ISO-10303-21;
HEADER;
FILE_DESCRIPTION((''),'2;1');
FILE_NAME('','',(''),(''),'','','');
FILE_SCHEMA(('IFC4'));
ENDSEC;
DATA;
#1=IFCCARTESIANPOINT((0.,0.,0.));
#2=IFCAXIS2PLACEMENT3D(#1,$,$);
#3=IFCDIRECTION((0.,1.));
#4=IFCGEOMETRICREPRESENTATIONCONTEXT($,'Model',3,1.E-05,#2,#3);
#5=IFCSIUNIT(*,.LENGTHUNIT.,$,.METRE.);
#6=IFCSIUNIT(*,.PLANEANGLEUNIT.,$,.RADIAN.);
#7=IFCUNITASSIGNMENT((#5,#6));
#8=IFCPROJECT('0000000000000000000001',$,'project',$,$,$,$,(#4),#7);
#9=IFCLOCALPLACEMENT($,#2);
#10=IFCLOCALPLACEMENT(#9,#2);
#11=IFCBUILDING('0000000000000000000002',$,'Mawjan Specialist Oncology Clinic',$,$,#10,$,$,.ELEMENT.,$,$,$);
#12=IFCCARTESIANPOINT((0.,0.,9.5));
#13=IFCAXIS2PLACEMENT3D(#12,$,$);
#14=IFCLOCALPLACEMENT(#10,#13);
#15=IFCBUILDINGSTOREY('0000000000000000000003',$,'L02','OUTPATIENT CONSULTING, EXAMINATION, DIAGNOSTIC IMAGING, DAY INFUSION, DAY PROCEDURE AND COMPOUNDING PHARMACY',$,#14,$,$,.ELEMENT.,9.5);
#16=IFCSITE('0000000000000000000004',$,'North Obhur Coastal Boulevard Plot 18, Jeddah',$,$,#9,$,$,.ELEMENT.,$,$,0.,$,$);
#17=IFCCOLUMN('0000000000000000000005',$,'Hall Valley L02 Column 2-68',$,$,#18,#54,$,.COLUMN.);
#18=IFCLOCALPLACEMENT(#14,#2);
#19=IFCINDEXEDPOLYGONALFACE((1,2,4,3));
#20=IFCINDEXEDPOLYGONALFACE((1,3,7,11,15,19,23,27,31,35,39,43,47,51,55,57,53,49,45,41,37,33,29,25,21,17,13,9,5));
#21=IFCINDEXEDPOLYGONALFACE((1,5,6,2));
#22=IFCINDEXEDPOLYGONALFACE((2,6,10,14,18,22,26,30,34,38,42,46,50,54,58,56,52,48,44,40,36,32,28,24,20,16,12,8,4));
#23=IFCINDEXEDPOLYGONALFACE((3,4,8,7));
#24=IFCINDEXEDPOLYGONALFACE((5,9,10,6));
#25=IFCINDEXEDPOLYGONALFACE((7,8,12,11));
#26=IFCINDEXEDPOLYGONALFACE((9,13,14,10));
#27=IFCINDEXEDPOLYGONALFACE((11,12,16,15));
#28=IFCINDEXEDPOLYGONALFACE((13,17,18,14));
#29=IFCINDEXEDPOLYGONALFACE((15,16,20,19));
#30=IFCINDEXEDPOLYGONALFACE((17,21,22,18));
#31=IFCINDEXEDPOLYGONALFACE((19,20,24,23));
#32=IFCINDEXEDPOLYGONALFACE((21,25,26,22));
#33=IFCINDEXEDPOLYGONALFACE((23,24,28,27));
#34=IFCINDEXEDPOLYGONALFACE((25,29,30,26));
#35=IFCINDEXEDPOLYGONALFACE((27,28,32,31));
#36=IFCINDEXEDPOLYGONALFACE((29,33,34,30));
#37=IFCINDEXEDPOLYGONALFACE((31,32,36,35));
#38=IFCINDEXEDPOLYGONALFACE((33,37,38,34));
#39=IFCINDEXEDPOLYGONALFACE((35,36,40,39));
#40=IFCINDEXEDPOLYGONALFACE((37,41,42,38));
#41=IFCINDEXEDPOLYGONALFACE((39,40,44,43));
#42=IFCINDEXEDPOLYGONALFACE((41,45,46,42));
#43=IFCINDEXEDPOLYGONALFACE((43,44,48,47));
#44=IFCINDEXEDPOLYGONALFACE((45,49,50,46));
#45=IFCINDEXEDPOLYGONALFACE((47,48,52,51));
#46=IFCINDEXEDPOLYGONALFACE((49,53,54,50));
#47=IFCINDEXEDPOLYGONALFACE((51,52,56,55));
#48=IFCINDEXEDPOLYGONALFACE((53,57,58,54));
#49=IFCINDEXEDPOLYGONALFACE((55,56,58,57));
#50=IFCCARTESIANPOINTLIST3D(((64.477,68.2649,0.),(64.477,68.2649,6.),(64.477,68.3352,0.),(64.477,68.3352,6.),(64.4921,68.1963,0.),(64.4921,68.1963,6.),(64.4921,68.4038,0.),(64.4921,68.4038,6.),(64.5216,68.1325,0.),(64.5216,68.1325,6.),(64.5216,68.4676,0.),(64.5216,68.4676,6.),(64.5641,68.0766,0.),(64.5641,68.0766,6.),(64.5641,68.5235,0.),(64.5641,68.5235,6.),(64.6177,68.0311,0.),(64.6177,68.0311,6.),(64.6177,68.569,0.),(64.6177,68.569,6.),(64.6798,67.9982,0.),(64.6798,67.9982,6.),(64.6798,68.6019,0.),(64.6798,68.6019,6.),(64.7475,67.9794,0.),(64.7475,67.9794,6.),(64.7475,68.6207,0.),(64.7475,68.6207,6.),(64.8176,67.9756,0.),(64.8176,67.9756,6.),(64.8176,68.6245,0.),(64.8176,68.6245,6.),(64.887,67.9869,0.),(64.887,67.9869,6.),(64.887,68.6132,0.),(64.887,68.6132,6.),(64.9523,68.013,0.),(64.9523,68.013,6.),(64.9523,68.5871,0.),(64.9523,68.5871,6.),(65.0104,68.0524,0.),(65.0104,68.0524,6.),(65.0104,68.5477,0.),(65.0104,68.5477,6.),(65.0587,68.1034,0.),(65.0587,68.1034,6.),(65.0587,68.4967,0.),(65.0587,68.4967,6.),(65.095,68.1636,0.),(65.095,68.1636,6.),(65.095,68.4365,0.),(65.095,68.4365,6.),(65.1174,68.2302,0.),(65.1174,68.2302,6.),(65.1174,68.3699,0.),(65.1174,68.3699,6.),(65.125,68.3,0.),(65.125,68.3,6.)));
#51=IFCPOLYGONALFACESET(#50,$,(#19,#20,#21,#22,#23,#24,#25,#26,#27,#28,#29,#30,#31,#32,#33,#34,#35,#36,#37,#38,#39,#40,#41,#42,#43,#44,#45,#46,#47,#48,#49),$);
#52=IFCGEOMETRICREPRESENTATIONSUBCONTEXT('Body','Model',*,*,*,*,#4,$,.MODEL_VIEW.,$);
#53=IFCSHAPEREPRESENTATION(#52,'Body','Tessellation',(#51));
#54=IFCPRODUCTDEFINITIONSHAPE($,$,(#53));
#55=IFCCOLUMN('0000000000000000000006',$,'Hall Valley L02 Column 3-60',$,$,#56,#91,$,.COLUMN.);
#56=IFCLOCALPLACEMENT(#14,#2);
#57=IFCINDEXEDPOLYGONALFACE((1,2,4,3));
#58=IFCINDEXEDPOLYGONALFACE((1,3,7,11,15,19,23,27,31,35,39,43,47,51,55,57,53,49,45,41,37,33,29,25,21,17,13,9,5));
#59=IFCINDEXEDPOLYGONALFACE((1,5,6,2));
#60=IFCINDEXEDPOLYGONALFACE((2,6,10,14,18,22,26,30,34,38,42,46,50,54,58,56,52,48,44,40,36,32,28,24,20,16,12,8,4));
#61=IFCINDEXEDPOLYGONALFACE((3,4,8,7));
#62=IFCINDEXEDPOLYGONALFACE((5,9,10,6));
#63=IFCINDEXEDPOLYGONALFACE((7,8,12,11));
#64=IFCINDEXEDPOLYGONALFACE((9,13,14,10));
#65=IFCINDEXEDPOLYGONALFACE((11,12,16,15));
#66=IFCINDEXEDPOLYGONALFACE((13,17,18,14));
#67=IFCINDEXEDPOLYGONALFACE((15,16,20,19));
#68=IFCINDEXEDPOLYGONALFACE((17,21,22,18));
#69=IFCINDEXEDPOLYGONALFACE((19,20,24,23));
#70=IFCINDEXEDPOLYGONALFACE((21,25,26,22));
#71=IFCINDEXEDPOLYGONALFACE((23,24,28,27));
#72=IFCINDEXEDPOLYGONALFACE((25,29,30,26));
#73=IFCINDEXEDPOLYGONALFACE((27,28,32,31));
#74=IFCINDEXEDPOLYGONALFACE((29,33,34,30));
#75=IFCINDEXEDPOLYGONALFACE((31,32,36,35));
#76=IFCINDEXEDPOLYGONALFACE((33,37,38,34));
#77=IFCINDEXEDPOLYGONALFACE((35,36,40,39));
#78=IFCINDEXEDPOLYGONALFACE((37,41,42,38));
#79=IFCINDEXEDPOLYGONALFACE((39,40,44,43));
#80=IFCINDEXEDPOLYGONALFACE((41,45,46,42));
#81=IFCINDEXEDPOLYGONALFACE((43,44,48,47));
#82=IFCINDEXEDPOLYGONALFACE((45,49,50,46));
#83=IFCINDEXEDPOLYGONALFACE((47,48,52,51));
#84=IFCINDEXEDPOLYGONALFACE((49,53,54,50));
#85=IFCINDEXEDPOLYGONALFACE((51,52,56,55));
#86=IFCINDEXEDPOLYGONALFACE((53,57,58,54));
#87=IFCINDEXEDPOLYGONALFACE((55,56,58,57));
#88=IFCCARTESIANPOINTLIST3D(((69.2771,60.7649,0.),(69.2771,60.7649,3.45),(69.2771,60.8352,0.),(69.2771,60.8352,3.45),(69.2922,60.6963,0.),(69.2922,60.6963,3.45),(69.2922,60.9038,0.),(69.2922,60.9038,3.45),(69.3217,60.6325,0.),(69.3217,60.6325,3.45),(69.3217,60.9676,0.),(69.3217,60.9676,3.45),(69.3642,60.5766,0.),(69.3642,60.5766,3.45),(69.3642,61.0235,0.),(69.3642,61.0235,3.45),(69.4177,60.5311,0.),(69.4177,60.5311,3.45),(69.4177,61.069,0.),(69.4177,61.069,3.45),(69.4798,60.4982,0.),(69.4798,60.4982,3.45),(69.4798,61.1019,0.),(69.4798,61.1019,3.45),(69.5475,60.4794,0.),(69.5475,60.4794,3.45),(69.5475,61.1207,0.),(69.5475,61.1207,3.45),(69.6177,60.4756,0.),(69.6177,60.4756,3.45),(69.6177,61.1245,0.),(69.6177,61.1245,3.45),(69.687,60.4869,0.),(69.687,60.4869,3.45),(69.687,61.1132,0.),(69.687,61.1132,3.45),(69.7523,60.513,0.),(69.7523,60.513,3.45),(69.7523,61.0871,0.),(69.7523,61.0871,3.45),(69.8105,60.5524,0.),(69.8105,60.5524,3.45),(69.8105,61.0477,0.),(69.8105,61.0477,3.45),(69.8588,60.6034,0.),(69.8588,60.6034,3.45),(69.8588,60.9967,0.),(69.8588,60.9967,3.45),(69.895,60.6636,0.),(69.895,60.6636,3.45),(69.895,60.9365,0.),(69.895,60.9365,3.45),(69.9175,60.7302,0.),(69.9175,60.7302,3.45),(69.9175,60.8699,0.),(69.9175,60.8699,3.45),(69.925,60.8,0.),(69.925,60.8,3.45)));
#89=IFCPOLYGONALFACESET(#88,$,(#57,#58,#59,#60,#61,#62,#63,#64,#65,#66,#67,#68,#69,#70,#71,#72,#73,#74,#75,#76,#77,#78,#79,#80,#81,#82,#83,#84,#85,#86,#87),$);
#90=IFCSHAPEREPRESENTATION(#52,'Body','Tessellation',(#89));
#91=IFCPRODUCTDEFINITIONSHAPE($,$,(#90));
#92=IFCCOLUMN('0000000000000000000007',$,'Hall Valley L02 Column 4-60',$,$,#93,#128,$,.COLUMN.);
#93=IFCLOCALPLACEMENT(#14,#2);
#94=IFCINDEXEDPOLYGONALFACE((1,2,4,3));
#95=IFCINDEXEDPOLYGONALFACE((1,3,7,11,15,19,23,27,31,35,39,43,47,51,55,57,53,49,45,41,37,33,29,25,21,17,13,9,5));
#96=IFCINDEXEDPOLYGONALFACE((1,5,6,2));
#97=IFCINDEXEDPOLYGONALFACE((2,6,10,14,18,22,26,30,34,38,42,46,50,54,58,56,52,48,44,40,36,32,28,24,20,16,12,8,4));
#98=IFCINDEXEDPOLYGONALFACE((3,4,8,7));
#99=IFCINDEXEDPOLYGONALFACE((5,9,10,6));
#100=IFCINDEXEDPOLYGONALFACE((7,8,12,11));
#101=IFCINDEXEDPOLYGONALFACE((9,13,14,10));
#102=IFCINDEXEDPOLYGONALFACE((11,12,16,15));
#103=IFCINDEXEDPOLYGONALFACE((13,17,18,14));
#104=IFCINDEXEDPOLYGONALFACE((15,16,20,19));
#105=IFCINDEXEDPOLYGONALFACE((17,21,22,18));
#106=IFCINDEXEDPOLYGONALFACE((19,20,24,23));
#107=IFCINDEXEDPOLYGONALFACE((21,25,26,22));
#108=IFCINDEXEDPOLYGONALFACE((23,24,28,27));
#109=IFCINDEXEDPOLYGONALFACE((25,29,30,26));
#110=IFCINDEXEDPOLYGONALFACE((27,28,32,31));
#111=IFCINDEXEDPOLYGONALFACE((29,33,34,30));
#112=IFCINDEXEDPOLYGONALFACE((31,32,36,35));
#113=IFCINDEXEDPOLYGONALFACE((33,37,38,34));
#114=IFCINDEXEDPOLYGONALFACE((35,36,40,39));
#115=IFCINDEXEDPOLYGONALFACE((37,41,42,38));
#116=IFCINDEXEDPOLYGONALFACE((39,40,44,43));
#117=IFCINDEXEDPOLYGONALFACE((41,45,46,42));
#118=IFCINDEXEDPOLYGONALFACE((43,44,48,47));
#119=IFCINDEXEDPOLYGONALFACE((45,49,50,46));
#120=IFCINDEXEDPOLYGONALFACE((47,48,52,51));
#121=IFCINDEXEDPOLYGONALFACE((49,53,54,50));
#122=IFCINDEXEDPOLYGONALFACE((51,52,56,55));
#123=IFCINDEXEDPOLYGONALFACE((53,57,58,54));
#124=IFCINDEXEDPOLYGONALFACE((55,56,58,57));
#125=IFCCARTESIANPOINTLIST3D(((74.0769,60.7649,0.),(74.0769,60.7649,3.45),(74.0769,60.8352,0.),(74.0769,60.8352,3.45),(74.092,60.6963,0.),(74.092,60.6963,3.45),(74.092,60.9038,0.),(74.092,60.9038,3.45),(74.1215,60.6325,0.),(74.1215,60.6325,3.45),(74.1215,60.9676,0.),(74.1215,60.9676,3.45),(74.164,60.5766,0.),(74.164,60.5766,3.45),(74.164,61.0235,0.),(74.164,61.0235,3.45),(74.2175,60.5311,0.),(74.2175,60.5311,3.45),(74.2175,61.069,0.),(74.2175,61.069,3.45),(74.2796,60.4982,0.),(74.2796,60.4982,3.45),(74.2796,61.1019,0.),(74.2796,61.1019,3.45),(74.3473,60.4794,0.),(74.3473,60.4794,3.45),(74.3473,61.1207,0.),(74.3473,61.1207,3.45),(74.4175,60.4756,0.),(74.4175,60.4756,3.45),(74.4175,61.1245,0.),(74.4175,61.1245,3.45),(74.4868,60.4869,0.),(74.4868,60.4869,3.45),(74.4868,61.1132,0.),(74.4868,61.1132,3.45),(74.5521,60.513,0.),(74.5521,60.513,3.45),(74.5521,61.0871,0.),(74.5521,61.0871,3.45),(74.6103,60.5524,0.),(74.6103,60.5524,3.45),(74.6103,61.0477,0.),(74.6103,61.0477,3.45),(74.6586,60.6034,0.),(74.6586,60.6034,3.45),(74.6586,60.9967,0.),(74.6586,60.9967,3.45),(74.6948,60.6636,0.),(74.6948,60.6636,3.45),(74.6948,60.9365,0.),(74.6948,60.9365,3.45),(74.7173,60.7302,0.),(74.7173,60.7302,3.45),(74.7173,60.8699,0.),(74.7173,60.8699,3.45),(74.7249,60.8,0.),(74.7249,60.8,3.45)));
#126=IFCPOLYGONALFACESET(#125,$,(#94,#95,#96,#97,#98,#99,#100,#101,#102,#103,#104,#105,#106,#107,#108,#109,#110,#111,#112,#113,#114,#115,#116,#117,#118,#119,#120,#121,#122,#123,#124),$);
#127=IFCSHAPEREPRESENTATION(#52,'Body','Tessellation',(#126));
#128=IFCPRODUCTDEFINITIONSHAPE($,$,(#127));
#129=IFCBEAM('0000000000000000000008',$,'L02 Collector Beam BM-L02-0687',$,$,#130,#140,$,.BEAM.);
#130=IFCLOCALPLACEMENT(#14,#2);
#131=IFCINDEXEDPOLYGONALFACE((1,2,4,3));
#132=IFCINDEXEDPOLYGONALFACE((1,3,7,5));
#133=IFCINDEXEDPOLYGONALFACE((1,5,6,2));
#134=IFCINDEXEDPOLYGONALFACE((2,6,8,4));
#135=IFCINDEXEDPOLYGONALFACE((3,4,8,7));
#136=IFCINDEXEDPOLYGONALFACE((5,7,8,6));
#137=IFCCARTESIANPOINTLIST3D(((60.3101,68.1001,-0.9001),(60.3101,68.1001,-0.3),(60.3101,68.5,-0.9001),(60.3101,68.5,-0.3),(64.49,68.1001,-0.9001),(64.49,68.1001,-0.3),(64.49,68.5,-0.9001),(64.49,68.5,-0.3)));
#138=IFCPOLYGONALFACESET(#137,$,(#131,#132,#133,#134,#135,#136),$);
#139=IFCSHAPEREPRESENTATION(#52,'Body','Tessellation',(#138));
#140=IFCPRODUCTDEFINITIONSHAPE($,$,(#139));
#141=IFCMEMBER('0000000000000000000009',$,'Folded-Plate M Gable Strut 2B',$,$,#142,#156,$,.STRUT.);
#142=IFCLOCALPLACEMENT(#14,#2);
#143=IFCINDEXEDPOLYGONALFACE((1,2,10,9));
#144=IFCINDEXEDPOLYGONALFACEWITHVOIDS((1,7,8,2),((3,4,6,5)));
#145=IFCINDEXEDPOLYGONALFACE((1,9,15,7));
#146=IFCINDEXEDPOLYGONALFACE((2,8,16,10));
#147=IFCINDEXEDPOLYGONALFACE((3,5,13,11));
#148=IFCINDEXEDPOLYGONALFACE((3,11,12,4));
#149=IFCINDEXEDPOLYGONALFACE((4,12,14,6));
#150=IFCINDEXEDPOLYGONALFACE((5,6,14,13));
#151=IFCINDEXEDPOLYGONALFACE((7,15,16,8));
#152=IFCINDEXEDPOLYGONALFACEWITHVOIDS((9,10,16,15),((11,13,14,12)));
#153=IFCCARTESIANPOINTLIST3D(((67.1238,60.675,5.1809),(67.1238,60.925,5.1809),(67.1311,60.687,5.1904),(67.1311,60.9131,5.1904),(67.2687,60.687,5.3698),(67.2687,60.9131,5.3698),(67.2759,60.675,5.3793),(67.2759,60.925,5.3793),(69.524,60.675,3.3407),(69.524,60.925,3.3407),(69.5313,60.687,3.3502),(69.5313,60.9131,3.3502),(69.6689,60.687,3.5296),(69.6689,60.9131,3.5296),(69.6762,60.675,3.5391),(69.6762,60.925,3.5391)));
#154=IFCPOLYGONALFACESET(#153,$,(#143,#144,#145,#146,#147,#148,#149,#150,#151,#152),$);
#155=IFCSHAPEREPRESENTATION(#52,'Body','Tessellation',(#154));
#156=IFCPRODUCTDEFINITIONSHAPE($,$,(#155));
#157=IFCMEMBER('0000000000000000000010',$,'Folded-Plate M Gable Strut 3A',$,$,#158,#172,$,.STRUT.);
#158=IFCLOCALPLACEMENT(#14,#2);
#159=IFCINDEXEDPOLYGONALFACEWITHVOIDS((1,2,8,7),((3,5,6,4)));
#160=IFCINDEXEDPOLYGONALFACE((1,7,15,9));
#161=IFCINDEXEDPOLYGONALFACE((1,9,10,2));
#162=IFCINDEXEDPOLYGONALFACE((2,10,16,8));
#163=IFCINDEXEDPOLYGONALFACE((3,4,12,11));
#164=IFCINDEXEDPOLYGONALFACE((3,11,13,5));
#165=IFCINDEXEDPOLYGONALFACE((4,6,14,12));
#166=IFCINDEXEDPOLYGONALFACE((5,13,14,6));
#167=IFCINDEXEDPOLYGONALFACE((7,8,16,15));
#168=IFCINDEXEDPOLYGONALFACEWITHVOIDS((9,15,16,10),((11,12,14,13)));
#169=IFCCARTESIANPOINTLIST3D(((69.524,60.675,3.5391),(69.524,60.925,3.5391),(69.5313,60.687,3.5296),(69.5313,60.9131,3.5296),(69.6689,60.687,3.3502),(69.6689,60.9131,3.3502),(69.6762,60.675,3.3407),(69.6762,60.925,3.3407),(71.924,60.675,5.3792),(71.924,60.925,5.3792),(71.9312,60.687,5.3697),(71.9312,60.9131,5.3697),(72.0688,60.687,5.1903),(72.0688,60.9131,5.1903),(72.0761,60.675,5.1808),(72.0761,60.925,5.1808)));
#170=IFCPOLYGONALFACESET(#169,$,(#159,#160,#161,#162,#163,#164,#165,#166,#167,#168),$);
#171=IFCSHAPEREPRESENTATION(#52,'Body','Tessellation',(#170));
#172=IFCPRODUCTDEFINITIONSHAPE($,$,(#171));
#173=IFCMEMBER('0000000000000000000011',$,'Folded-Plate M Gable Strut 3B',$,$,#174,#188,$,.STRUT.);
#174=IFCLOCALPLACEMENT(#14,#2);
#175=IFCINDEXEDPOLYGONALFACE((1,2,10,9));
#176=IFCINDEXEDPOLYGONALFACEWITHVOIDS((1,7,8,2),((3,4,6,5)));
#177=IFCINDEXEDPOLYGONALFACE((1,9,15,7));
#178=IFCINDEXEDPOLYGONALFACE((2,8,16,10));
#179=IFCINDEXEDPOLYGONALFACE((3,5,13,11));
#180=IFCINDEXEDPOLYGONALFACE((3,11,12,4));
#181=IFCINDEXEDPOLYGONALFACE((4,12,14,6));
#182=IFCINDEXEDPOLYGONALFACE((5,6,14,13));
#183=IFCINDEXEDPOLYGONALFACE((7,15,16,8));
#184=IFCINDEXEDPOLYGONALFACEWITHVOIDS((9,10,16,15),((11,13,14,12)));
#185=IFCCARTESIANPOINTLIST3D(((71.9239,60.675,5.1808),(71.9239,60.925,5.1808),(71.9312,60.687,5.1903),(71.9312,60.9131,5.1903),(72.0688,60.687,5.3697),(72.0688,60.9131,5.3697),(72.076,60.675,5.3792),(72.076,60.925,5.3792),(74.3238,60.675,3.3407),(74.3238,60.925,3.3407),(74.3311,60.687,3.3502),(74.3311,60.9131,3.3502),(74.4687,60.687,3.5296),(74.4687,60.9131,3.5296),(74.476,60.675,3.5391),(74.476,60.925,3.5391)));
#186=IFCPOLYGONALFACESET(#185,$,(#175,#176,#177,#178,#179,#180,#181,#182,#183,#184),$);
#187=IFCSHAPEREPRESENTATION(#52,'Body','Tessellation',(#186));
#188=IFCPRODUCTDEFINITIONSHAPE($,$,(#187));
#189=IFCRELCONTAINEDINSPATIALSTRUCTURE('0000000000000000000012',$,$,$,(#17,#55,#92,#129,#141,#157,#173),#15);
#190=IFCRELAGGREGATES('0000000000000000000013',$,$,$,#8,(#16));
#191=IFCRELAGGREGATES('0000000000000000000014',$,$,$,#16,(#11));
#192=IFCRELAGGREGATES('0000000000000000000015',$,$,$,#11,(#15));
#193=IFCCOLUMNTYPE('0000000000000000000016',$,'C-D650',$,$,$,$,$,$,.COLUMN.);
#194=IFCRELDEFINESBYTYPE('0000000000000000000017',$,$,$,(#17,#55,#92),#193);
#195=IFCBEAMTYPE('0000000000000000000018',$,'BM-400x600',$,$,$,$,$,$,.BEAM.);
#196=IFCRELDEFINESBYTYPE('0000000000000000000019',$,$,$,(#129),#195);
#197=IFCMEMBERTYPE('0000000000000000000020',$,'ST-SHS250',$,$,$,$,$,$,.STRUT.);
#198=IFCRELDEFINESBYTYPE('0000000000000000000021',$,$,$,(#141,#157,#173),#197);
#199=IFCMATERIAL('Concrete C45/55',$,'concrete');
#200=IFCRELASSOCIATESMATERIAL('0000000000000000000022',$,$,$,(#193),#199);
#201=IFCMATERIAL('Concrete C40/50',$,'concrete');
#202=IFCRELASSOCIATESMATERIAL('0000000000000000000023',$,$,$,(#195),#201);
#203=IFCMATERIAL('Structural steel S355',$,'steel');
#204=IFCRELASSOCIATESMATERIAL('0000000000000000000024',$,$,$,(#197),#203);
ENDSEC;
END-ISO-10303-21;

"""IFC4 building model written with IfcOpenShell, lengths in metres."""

from ifc_helpers import new_model, si_unit, direction, frame, origin, origin_2d, place, context, subcontext, project, spatial, rectangle, hollow_rectangle, circle, extrude, material, material_profile, profile_set, type_object, element, save


model = new_model("IFC4")

# Units and contexts
model_context = context("Model", 3, precision=1e-05, world=origin(), true_north=direction((0.0, 1.0)))
body_context = subcontext(model_context, "Body", "Model", "MODEL_VIEW")
ifc_project = project(units=[si_unit("LENGTHUNIT", "METRE"), si_unit("PLANEANGLEUNIT", "RADIAN")], contexts=[model_context])

# Site, building, storey
site_placement = place(None, origin())
site = spatial("IfcSite", under=ifc_project, at=site_placement, Name="North Obhur Coastal Boulevard Plot 18, Jeddah", CompositionType="ELEMENT", RefElevation=0.0)
building_placement = place(site_placement, origin())
building = spatial("IfcBuilding", under=site, at=building_placement, Name="Mawjan Specialist Oncology Clinic", CompositionType="ELEMENT")
storey_placement = place(building_placement, frame((0.0, 0.0, 9.5)))
storey = spatial("IfcBuildingStorey", under=building, at=storey_placement, Name="L02", Description="OUTPATIENT CONSULTING, EXAMINATION, DIAGNOSTIC IMAGING, DAY INFUSION, DAY PROCEDURE AND COMPOUNDING PHARMACY", CompositionType="ELEMENT", Elevation=9.5)

# Columns
ifc_material_1 = material(Name="Concrete C45/55", Category="concrete")
ifc_material_profile_1 = material_profile(ifc_material_1, circle(Radius=0.325, at=origin_2d()), Name="RC COL D650", Category="concrete")
ifc_profile_set_1 = profile_set([ifc_material_profile_1], Name="Concrete C45/55")
column_type = type_object("IfcColumnType", Name="C-D650", PredefinedType="COLUMN", material=ifc_profile_set_1)
column_placement = place(storey_placement, frame((64.8, 68.3, 0.0), z_axis=(0.0, 0.0, 1.0), x_axis=(1.0, 0.0, 0.0)))
element("IfcColumn", 1, at=column_placement, inside=storey, type_object=column_type, Name="Hall Valley L02 Column 2-68", PredefinedType="COLUMN", context=body_context, shape_type="SweptSolid", body=[
    extrude(circle(Radius=0.325, at=origin_2d()), origin(), (0.0, 0.0, 1.0), 6.0),
])
for number, where, z_axis, x_axis, name in (
    (2, (69.6001, 60.8, 0.0), (0.0, 0.0, 1.0), (1.0, 0.0, 0.0), "Hall Valley L02 Column 3-60"),
    (3, (74.3999, 60.8, 0.0), (0.0, 0.0, 1.0), (1.0, 0.0, 0.0), "Hall Valley L02 Column 4-60"),
):
    element("IfcColumn", number, at=place(storey_placement, frame(where, z_axis=z_axis, x_axis=x_axis)), inside=storey, type_object=column_type, Name=name, PredefinedType="COLUMN", context=body_context, shape_type="SweptSolid", body=[
        extrude(circle(Radius=0.325, at=origin_2d()), origin(), (0.0, 0.0, 1.0), 3.45),
    ])

# Beam
ifc_material_2 = material(Name="Concrete C40/50", Category="concrete")
ifc_material_profile_2 = material_profile(ifc_material_2, rectangle(XDim=0.3999, YDim=0.6001, at=origin_2d()), Name="RC BM 400x600", Category="concrete")
ifc_profile_set_2 = profile_set([ifc_material_profile_2], Name="Concrete C40/50")
beam_type_1 = type_object("IfcBeamType", Name="BM-400x600", PredefinedType="BEAM", material=ifc_profile_set_2)
beam_placement = place(storey_placement, frame((60.3101, 68.3, -0.6001), z_axis=(1.0, 0.0, 0.0), x_axis=(0.0, 1.0, 0.0)))
element("IfcBeam", 4, at=beam_placement, inside=storey, type_object=beam_type_1, Name="L02 Collector Beam BM-L02-0687", PredefinedType="BEAM", context=body_context, shape_type="SweptSolid", body=[
    extrude(rectangle(XDim=0.3999, YDim=0.6001, at=origin_2d()), origin(), (0.0, 0.0, 1.0), 4.1799),
])

# Members
ifc_material_3 = material(Name="Structural steel S355", Category="steel")
ifc_material_profile_3 = material_profile(ifc_material_3, hollow_rectangle(XDim=0.25, YDim=0.25, WallThickness=0.012, at=origin_2d()), Name="SHS 250x250x12", Category="steel")
ifc_profile_set_3 = profile_set([ifc_material_profile_3], Name="Structural steel S355")
member_type = type_object("IfcMemberType", Name="ST-SHS250", PredefinedType="STRUT", material=ifc_profile_set_3)
member_1_placement = place(storey_placement, frame((69.6001, 60.8, 3.4399), z_axis=(-0.79361, 0.0, 0.608426), x_axis=(0.0, -1.0, 0.0)))
element("IfcMember", 5, at=member_1_placement, inside=storey, type_object=member_type, Name="Folded-Plate M Gable Strut 2B", PredefinedType="STRUT", context=body_context, shape_type="SweptSolid", body=[
    extrude(hollow_rectangle(XDim=0.25, YDim=0.25, WallThickness=0.012, at=origin_2d()), origin(), (0.0, 0.0, 1.0), 3.0244),
])
for number, where, z_axis, x_axis, name in (
    (6, (69.6001, 60.8, 3.4399), (0.79358, 0.0, 0.608465), (0.0, 1.0, 0.0), "Folded-Plate M Gable Strut 3A"),
    (7, (74.3999, 60.8, 3.4399), (-0.79358, 0.0, 0.608465), (0.0, -1.0, 0.0), "Folded-Plate M Gable Strut 3B"),
):
    element("IfcMember", number, at=place(storey_placement, frame(where, z_axis=z_axis, x_axis=x_axis)), inside=storey, type_object=member_type, Name=name, PredefinedType="STRUT", context=body_context, shape_type="SweptSolid", body=[
        extrude(hollow_rectangle(XDim=0.25, YDim=0.25, WallThickness=0.012, at=origin_2d()), origin(), (0.0, 0.0, 1.0), 3.0242),
    ])

save(model, "model.ifc")
